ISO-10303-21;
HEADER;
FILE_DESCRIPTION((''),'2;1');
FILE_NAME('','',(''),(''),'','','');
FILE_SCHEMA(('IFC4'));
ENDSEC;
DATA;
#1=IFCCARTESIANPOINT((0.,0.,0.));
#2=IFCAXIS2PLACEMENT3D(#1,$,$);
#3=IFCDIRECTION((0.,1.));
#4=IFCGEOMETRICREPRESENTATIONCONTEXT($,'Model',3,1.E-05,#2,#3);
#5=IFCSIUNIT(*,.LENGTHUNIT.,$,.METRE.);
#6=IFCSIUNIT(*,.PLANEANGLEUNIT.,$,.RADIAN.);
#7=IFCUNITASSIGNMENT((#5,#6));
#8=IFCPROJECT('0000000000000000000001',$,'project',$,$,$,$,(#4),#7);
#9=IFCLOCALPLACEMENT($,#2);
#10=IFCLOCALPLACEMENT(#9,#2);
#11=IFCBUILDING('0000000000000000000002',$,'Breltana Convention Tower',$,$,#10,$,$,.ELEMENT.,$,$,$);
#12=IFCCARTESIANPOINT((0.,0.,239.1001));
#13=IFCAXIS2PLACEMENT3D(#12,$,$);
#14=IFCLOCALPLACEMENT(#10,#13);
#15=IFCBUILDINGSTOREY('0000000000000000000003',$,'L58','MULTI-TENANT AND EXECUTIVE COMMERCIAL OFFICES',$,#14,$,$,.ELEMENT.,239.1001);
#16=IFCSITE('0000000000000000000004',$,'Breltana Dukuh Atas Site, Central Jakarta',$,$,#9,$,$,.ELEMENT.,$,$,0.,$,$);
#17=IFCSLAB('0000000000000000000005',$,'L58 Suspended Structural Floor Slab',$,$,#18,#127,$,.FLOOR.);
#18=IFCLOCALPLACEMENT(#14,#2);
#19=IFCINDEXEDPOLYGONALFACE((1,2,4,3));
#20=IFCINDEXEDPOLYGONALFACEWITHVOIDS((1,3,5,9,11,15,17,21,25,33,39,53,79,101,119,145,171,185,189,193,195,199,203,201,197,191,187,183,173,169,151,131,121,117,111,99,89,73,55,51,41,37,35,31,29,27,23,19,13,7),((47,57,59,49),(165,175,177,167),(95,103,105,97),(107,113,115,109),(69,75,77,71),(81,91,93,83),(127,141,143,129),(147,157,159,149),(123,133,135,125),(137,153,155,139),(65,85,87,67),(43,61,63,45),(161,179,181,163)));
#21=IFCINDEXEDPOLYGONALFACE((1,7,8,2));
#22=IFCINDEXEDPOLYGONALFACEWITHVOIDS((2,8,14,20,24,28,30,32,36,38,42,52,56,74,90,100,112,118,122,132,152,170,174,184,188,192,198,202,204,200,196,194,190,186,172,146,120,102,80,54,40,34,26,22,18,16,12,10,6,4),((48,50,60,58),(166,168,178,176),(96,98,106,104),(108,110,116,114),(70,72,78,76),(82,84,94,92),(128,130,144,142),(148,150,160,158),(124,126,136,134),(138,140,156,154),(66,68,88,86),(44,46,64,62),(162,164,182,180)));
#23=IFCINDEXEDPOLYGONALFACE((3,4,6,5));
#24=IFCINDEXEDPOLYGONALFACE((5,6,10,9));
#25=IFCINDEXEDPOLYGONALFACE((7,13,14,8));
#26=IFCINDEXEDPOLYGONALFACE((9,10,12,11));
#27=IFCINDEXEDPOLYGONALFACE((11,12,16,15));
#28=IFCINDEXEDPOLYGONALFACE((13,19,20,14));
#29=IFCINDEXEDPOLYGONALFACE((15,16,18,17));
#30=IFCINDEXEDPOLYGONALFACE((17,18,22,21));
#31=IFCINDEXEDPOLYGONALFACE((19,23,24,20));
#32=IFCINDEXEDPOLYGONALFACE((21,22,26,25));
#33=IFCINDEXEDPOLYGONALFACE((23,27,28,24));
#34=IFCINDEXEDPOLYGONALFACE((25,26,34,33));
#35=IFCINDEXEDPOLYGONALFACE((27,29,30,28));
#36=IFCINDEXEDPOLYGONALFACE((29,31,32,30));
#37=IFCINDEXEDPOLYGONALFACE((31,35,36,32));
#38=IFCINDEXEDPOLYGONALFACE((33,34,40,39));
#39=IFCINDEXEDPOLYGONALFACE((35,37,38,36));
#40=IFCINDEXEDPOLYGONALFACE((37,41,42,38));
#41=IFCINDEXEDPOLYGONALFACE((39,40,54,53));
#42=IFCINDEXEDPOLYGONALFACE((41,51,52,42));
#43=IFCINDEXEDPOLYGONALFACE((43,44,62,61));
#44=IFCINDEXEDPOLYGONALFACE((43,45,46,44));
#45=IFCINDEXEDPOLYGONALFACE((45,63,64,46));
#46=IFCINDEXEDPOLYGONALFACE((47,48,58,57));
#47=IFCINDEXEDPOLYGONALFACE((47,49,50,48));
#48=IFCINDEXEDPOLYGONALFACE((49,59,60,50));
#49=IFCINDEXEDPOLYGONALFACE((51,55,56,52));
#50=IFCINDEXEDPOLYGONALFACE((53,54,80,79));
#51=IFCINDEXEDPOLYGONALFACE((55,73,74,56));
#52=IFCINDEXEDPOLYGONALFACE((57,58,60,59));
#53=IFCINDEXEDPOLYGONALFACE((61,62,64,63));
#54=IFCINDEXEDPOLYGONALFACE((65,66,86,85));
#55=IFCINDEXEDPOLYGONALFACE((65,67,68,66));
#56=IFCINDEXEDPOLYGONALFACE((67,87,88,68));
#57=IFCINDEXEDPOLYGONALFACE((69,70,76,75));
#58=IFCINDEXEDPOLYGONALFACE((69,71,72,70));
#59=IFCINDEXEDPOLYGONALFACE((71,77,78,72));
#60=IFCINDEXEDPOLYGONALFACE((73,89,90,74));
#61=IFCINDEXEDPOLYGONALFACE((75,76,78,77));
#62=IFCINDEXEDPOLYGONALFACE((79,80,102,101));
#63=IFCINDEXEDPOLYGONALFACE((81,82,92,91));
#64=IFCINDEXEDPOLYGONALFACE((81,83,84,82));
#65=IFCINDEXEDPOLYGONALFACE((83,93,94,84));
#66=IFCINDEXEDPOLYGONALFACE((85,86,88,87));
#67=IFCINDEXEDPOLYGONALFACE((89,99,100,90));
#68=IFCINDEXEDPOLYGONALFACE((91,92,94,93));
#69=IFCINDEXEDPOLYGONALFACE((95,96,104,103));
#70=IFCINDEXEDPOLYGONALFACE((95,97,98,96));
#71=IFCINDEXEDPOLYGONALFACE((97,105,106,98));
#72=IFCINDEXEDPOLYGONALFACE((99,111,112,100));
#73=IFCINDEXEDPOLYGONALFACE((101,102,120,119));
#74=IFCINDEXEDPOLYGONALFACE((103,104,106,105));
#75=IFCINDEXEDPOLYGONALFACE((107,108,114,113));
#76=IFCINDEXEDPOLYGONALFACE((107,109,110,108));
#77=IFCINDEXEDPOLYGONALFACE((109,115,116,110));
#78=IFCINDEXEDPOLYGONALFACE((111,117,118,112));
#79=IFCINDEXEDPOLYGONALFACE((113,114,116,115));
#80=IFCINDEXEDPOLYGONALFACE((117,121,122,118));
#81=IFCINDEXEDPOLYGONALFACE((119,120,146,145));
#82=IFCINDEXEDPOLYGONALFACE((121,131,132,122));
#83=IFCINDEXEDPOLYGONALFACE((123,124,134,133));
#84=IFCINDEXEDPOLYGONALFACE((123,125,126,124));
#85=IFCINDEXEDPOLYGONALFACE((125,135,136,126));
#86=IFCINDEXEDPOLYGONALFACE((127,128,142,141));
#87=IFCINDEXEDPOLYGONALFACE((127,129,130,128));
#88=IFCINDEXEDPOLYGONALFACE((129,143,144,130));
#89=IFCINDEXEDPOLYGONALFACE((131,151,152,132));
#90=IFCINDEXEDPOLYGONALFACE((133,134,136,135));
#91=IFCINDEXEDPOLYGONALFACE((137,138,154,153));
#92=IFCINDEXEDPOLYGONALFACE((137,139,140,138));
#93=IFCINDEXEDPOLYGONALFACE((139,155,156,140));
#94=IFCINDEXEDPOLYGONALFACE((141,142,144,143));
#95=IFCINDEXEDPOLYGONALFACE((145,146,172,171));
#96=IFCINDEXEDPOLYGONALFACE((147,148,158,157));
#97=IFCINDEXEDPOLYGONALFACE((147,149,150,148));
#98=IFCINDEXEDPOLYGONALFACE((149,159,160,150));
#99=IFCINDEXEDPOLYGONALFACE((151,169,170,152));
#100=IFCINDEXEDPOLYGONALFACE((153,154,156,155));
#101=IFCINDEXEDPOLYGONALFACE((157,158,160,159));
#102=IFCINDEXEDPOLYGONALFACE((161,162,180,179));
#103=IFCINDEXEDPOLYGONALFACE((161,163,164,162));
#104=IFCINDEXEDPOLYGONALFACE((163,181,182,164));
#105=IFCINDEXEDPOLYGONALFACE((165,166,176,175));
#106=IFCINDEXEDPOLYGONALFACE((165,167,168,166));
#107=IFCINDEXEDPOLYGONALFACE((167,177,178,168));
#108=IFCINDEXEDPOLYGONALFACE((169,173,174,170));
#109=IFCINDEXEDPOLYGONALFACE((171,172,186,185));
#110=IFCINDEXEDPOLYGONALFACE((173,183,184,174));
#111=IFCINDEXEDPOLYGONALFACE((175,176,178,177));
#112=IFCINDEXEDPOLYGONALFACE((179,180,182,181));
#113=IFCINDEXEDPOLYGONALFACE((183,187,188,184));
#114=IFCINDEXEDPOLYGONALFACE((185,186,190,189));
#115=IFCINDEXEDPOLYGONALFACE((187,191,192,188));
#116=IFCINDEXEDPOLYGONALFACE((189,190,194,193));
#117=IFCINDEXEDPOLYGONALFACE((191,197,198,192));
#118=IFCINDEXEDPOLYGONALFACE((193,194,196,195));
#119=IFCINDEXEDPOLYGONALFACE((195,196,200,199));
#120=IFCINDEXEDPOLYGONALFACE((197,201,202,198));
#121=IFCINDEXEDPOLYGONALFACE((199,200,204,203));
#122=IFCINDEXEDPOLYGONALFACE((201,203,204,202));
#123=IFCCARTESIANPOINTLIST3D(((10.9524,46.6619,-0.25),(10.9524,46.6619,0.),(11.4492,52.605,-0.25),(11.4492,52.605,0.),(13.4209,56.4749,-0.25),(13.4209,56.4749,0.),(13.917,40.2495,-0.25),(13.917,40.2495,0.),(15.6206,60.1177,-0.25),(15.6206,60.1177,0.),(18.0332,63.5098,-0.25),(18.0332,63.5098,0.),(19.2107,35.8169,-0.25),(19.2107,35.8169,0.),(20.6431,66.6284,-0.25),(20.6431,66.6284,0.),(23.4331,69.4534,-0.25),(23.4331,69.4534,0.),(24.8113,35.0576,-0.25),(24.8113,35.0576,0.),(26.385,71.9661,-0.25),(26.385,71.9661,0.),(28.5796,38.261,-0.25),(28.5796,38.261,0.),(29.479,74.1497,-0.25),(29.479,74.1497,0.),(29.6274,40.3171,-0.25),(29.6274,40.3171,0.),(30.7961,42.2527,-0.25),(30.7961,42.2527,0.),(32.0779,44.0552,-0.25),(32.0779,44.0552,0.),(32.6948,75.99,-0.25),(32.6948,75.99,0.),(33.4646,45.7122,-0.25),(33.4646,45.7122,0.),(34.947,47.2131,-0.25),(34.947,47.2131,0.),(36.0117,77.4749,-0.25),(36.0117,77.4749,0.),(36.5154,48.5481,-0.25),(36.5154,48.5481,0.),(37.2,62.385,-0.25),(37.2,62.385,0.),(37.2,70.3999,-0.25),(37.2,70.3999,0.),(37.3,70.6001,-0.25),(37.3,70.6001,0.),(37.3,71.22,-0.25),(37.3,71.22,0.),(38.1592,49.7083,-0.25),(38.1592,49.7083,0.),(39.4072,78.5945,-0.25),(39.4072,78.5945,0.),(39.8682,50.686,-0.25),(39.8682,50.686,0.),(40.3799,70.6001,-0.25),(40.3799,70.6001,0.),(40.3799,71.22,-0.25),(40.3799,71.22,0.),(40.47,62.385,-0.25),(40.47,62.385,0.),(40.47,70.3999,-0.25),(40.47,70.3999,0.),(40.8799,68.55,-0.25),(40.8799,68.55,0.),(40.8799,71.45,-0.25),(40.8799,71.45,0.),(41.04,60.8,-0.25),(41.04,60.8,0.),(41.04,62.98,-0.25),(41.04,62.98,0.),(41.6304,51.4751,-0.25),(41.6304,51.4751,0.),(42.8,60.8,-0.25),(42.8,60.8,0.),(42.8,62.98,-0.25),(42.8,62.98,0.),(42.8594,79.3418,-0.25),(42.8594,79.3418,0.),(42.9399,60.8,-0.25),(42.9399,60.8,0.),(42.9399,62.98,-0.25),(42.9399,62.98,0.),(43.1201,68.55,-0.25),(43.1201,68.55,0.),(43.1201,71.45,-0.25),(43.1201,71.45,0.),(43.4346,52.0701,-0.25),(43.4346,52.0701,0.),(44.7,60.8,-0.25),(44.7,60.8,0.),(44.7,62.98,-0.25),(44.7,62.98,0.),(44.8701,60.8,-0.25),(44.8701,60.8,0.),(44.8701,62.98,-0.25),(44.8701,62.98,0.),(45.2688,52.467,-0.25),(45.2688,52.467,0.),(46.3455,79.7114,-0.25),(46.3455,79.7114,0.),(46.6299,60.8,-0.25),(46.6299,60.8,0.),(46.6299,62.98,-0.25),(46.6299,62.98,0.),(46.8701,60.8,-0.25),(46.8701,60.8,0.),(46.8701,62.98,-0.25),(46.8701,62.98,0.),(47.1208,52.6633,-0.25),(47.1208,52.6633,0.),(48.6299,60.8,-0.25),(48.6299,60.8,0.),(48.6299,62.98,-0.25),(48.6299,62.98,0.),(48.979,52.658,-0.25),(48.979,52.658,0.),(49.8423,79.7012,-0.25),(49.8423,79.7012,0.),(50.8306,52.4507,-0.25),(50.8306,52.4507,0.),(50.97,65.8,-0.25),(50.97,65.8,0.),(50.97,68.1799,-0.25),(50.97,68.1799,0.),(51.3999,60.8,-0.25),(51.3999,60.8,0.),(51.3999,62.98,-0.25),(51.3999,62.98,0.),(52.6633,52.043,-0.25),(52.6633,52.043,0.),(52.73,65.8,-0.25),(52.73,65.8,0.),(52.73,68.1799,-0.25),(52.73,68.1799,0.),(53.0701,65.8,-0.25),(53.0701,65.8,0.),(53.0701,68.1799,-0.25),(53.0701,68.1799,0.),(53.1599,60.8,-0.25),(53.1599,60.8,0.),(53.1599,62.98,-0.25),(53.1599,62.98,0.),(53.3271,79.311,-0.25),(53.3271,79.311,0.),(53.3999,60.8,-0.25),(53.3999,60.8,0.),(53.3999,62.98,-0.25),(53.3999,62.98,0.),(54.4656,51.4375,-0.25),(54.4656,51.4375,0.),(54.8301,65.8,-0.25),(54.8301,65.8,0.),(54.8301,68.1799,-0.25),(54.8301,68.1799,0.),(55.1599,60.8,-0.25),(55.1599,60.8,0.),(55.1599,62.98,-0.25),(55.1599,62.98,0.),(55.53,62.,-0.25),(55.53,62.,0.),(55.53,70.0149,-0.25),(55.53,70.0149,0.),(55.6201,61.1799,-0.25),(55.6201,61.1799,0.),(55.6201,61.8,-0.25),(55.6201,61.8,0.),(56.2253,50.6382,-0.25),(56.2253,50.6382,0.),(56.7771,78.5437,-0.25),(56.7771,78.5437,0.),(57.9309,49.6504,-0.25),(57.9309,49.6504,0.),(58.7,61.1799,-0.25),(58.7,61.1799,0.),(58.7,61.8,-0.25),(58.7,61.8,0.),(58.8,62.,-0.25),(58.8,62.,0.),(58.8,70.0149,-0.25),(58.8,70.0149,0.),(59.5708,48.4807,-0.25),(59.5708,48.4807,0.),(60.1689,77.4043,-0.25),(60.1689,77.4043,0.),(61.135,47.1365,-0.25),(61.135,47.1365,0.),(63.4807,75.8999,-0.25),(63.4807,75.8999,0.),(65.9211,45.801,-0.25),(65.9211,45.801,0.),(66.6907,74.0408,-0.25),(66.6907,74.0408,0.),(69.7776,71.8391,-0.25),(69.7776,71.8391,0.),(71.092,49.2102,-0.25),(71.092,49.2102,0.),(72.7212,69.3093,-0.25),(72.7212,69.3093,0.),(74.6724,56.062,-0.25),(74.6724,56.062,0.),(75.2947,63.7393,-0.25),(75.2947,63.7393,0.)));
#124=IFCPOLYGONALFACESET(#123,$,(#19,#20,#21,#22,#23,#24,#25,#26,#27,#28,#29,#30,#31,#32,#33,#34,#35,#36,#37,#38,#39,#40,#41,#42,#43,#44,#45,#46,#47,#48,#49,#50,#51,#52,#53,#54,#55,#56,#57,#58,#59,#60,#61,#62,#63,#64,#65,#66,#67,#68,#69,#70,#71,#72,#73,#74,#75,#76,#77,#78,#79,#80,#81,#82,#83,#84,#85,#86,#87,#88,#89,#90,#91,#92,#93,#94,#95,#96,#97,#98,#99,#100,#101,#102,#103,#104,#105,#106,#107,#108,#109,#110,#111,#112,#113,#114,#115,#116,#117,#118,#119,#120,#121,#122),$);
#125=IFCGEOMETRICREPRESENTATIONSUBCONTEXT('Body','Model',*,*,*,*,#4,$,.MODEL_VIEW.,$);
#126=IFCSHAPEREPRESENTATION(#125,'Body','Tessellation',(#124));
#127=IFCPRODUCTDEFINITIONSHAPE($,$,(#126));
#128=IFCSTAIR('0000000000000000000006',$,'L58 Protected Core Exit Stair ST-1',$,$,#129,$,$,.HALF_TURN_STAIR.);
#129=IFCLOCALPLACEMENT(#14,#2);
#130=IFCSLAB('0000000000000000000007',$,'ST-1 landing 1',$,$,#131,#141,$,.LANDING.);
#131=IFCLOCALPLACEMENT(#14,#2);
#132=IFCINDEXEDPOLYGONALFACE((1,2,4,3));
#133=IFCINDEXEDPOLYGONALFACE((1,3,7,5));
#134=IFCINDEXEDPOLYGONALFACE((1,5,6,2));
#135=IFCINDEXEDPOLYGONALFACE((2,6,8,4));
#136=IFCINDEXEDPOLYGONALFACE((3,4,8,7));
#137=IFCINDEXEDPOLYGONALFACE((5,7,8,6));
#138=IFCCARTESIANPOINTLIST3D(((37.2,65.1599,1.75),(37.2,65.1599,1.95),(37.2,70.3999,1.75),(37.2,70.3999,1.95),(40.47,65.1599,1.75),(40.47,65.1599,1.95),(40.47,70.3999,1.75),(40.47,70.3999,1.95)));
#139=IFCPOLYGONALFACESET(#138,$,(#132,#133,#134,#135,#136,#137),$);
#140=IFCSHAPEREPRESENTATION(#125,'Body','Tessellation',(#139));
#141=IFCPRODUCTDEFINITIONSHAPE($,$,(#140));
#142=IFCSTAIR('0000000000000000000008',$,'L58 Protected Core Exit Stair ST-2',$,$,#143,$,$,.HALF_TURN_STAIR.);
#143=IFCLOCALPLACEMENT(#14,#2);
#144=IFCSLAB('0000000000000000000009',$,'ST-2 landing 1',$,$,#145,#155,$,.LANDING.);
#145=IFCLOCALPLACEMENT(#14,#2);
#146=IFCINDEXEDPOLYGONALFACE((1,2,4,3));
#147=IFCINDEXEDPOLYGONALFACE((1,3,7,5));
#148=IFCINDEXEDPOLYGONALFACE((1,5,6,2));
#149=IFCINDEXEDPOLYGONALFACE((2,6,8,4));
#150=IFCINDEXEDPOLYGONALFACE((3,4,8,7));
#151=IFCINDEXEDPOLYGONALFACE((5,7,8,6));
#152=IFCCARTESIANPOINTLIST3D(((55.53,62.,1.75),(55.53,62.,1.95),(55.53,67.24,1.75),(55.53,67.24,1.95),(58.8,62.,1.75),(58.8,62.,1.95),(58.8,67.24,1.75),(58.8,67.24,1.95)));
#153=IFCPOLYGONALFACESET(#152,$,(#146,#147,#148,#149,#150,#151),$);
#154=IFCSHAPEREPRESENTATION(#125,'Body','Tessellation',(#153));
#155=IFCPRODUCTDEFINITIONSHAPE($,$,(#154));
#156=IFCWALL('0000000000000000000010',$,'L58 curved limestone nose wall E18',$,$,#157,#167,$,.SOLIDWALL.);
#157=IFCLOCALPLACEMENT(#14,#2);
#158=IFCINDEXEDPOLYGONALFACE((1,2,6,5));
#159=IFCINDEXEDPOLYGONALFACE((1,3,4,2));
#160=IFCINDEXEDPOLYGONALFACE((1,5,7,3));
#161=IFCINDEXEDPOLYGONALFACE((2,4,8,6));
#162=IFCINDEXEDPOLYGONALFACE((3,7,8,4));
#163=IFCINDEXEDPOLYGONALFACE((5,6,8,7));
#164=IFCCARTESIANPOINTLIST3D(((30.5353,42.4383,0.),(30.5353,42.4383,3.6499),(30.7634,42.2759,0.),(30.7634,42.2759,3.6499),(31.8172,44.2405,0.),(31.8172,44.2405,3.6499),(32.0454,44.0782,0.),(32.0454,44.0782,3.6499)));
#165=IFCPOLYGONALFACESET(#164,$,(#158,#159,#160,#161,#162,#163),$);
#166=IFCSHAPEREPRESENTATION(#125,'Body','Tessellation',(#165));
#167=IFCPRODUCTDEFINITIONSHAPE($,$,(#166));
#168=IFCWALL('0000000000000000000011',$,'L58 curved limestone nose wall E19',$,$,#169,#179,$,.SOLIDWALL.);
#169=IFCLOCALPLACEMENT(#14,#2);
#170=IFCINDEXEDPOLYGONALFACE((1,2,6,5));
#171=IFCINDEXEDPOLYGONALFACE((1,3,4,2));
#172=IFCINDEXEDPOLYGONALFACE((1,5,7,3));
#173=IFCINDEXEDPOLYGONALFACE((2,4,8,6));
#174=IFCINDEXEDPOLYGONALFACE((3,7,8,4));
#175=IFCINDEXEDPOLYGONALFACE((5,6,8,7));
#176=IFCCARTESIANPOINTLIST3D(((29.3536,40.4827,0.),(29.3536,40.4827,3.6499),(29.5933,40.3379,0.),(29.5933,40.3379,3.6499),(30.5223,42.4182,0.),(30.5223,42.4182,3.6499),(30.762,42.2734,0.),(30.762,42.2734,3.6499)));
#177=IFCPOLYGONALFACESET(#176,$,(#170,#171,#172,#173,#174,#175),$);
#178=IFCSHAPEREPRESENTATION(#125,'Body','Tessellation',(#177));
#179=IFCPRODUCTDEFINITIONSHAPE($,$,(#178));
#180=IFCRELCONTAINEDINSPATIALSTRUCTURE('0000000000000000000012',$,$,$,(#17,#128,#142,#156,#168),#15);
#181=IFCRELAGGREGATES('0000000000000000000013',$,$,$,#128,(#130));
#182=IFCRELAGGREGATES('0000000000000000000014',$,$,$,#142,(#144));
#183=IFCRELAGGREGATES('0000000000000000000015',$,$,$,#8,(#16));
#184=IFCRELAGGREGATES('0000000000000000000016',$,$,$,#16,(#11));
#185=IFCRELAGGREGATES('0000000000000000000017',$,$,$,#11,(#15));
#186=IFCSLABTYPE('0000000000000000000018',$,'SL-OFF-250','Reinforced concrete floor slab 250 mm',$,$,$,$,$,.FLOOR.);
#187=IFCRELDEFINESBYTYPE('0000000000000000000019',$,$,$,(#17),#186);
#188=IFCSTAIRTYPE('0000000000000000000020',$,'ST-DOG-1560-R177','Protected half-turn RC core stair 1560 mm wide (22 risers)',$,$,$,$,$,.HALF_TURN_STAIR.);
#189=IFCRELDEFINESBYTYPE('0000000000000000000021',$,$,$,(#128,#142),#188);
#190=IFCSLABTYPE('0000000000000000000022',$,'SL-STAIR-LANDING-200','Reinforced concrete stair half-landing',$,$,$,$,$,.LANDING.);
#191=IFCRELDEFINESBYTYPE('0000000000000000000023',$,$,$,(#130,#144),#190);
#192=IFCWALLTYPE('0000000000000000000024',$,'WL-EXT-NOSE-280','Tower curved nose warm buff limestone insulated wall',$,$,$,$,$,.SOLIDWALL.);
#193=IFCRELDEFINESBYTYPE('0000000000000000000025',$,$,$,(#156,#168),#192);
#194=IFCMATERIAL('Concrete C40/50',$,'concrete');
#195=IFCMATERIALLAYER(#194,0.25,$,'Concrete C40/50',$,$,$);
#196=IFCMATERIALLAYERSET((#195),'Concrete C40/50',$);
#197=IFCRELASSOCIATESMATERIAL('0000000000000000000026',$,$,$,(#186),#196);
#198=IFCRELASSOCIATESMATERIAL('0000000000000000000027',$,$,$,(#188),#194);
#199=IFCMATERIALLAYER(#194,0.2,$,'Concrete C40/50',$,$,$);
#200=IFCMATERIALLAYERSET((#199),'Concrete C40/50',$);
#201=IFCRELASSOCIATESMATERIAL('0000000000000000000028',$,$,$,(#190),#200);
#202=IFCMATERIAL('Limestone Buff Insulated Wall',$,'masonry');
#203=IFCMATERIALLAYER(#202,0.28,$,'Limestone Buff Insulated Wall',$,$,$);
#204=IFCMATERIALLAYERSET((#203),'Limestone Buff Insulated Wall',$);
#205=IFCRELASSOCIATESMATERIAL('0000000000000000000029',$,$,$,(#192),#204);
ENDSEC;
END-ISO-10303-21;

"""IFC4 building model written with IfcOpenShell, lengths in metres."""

from ifc_helpers import new_model, si_unit, direction, frame, frame_2d, origin, place, context, subcontext, project, spatial, polyline, rectangle, outline, extrude, source, transform, mapped, material, layer, layer_set, type_object, element, aggregate, save


model = new_model("IFC4")

# Units and contexts
model_context = context("Model", 3, precision=1e-05, world=origin(), true_north=direction((0.0, 1.0)))
body_context = subcontext(model_context, "Body", "Model", "MODEL_VIEW")
ifc_project = project(units=[si_unit("LENGTHUNIT", "METRE"), si_unit("PLANEANGLEUNIT", "RADIAN")], contexts=[model_context])

# Site, building, storey
site_placement = place(None, origin())
site = spatial("IfcSite", under=ifc_project, at=site_placement, Name="Breltana Dukuh Atas Site, Central Jakarta", CompositionType="ELEMENT", RefElevation=0.0)
building_placement = place(site_placement, origin())
building = spatial("IfcBuilding", under=site, at=building_placement, Name="Breltana Convention Tower", CompositionType="ELEMENT")
storey_placement = place(building_placement, frame((0.0, 0.0, 239.1001)))
storey = spatial("IfcBuildingStorey", under=building, at=storey_placement, Name="L58", Description="MULTI-TENANT AND EXECUTIVE COMMERCIAL OFFICES", CompositionType="ELEMENT", Elevation=239.1001)

# Slab
ifc_material_1 = material(Name="Concrete C40/50", Category="concrete")
ifc_layer_1 = layer(ifc_material_1, 0.25, Name="Concrete C40/50")
ifc_layer_set_1 = layer_set([ifc_layer_1], Name="Concrete C40/50")
slab_type_1 = type_object("IfcSlabType", Name="SL-OFF-250", Description="Reinforced concrete floor slab 250 mm", PredefinedType="FLOOR", material=ifc_layer_set_1)
slab_1_placement = place(storey_placement, frame((0.0, 0.0, -0.25)))
element("IfcSlab", 1, at=slab_1_placement, inside=storey, type_object=slab_type_1, Name="L58 Suspended Structural Floor Slab", PredefinedType="FLOOR", context=body_context, shape_type="SweptSolid", body=[
    extrude(outline(polyline([(72.7212, 69.3093), (69.7776, 71.8391), (66.6907, 74.0408), (63.4807, 75.8999), (60.1689, 77.4043), (56.7771, 78.5437), (53.3271, 79.311), (49.8423, 79.7012), (46.3455, 79.7114), (42.8594, 79.3418), (39.4072, 78.5945), (36.0117, 77.4749), (32.6948, 75.99), (29.479, 74.1497), (26.385, 71.9661), (23.4331, 69.4534), (20.6431, 66.6284), (18.0332, 63.5098), (15.6206, 60.1177), (13.4209, 56.4749), (11.4492, 52.605), (10.9524, 46.6619), (13.917, 40.2495), (19.2107, 35.8169), (24.8113, 35.0576), (28.5796, 38.261), (29.6274, 40.3171), (30.7961, 42.2527), (32.0779, 44.0552), (33.4646, 45.7122), (34.947, 47.2131), (36.5154, 48.5481), (38.1592, 49.7083), (39.8682, 50.686), (41.6304, 51.4751), (43.4346, 52.0701), (45.2688, 52.467), (47.1208, 52.6633), (48.979, 52.658), (50.8306, 52.4507), (52.6633, 52.043), (54.4656, 51.4375), (56.2253, 50.6382), (57.9309, 49.6504), (59.5708, 48.4807), (61.135, 47.1365), (65.9211, 45.801), (71.092, 49.2102), (74.6724, 56.062), (75.2947, 63.7393), (72.7212, 69.3093)]), holes=[polyline([(37.2, 62.385), (40.47, 62.385), (40.47, 70.3999), (37.2, 70.3999), (37.2, 62.385)]), polyline([(55.53, 62.0), (58.8, 62.0), (58.8, 70.0149), (55.53, 70.0149), (55.53, 62.0)]), polyline([(41.04, 60.8), (42.8, 60.8), (42.8, 62.98), (41.04, 62.98), (41.04, 60.8)]), polyline([(42.9399, 60.8), (44.7, 60.8), (44.7, 62.98), (42.9399, 62.98), (42.9399, 60.8)]), polyline([(44.8701, 60.8), (46.6299, 60.8), (46.6299, 62.98), (44.8701, 62.98), (44.8701, 60.8)]), polyline([(46.8701, 60.8), (48.6299, 60.8), (48.6299, 62.98), (46.8701, 62.98), (46.8701, 60.8)]), polyline([(51.3999, 60.8), (53.1599, 60.8), (53.1599, 62.98), (51.3999, 62.98), (51.3999, 60.8)]), polyline([(53.3999, 60.8), (55.1599, 60.8), (55.1599, 62.98), (53.3999, 62.98), (53.3999, 60.8)]), polyline([(50.97, 65.8), (52.73, 65.8), (52.73, 68.1799), (50.97, 68.1799), (50.97, 65.8)]), polyline([(53.0701, 65.8), (54.8301, 65.8), (54.8301, 68.1799), (53.0701, 68.1799), (53.0701, 65.8)]), polyline([(40.8799, 68.55), (43.1201, 68.55), (43.1201, 71.45), (40.8799, 71.45), (40.8799, 68.55)]), polyline([(37.3, 70.6001), (40.3799, 70.6001), (40.3799, 71.22), (37.3, 71.22), (37.3, 70.6001)]), polyline([(55.6201, 61.1799), (58.7, 61.1799), (58.7, 61.8), (55.6201, 61.8), (55.6201, 61.1799)])]), origin(), (0.0, 0.0, 1.0), 0.25),
])

# Stairs, slabs
stair_type = type_object("IfcStairType", Name="ST-DOG-1560-R177", Description="Protected half-turn RC core stair 1560 mm wide (22 risers)", PredefinedType="HALF_TURN_STAIR", material=ifc_material_1)
stair_1_placement = place(storey_placement, origin())
stair_1 = element("IfcStair", 2, at=stair_1_placement, inside=storey, type_object=stair_type, Name="L58 Protected Core Exit Stair ST-1", PredefinedType="HALF_TURN_STAIR")
ifc_layer_2 = layer(ifc_material_1, 0.2, Name="Concrete C40/50")
ifc_layer_set_2 = layer_set([ifc_layer_2], Name="Concrete C40/50")
slab_type_2 = type_object("IfcSlabType", Name="SL-STAIR-LANDING-200", Description="Reinforced concrete stair half-landing", PredefinedType="LANDING", material=ifc_layer_set_2)
slab_2_placement = place(storey_placement, frame((0.0, 0.0, 1.75)))
slab_2 = element("IfcSlab", 3, at=slab_2_placement, type_object=slab_type_2, Name="ST-1 landing 1", PredefinedType="LANDING", context=body_context, shape_type="SweptSolid", body=[
    extrude(outline(polyline([(40.47, 65.1599), (40.47, 70.3999), (37.2, 70.3999), (37.2, 65.1599), (40.47, 65.1599)])), origin(), (0.0, 0.0, 1.0), 0.2),
])
aggregate(stair_1, [slab_2])
stair_2_placement = place(storey_placement, origin())
stair_2 = element("IfcStair", 4, at=stair_2_placement, inside=storey, type_object=stair_type, Name="L58 Protected Core Exit Stair ST-2", PredefinedType="HALF_TURN_STAIR")
slab_3_placement = place(storey_placement, frame((0.0, 0.0, 1.75)))
slab_3 = element("IfcSlab", 5, at=slab_3_placement, type_object=slab_type_2, Name="ST-2 landing 1", PredefinedType="LANDING", context=body_context, shape_type="SweptSolid", body=[
    extrude(outline(polyline([(55.53, 67.24), (55.53, 62.0), (58.8, 62.0), (58.8, 67.24), (55.53, 67.24)])), origin(), (0.0, 0.0, 1.0), 0.2),
])
aggregate(stair_2, [slab_3])

# Walls
ifc_material_2 = material(Name="Limestone Buff Insulated Wall", Category="masonry")
ifc_layer_3 = layer(ifc_material_2, 0.28, Name="Limestone Buff Insulated Wall")
ifc_layer_set_3 = layer_set([ifc_layer_3], Name="Limestone Buff Insulated Wall")
wall_type = type_object("IfcWallType", Name="WL-EXT-NOSE-280", Description="Tower curved nose warm buff limestone insulated wall", PredefinedType="SOLIDWALL", material=ifc_layer_set_3)
shared_shape_1 = source(origin(), body_context, "Body", "SweptSolid", [
    extrude(rectangle(XDim=2.2117, YDim=0.28, at=frame_2d((1.106, 0.0))), origin(), (0.0, 0.0, 1.0), 3.6499),
])
wall_1_placement = place(storey_placement, frame((31.9314, 44.1594, 0.0), z_axis=(0.0, 0.0, 1.0), x_axis=(-0.579639, -0.814873, 0.0)))
element("IfcWall", 6, at=wall_1_placement, inside=storey, type_object=wall_type, Name="L58 curved limestone nose wall E18", PredefinedType="SOLIDWALL", context=body_context, shape_type="MappedRepresentation", body=[
    mapped(shared_shape_1, transform((0.0, 0.0, 0.0), scale=1.0)),
])
shared_shape_2 = source(origin(), body_context, "Body", "SweptSolid", [
    extrude(rectangle(XDim=2.261, YDim=0.28, at=frame_2d((1.1304, 0.0))), origin(), (0.0, 0.0, 1.0), 3.6499),
])
wall_2_placement = place(storey_placement, frame((30.6421, 42.3457, 0.0), z_axis=(0.0, 0.0, 1.0), x_axis=(-0.516891, -0.856051, 0.0)))
element("IfcWall", 7, at=wall_2_placement, inside=storey, type_object=wall_type, Name="L58 curved limestone nose wall E19", PredefinedType="SOLIDWALL", context=body_context, shape_type="MappedRepresentation", body=[
    mapped(shared_shape_2, transform((0.0, 0.0, 0.0), scale=1.0)),
])

save(model, "model.ifc")
